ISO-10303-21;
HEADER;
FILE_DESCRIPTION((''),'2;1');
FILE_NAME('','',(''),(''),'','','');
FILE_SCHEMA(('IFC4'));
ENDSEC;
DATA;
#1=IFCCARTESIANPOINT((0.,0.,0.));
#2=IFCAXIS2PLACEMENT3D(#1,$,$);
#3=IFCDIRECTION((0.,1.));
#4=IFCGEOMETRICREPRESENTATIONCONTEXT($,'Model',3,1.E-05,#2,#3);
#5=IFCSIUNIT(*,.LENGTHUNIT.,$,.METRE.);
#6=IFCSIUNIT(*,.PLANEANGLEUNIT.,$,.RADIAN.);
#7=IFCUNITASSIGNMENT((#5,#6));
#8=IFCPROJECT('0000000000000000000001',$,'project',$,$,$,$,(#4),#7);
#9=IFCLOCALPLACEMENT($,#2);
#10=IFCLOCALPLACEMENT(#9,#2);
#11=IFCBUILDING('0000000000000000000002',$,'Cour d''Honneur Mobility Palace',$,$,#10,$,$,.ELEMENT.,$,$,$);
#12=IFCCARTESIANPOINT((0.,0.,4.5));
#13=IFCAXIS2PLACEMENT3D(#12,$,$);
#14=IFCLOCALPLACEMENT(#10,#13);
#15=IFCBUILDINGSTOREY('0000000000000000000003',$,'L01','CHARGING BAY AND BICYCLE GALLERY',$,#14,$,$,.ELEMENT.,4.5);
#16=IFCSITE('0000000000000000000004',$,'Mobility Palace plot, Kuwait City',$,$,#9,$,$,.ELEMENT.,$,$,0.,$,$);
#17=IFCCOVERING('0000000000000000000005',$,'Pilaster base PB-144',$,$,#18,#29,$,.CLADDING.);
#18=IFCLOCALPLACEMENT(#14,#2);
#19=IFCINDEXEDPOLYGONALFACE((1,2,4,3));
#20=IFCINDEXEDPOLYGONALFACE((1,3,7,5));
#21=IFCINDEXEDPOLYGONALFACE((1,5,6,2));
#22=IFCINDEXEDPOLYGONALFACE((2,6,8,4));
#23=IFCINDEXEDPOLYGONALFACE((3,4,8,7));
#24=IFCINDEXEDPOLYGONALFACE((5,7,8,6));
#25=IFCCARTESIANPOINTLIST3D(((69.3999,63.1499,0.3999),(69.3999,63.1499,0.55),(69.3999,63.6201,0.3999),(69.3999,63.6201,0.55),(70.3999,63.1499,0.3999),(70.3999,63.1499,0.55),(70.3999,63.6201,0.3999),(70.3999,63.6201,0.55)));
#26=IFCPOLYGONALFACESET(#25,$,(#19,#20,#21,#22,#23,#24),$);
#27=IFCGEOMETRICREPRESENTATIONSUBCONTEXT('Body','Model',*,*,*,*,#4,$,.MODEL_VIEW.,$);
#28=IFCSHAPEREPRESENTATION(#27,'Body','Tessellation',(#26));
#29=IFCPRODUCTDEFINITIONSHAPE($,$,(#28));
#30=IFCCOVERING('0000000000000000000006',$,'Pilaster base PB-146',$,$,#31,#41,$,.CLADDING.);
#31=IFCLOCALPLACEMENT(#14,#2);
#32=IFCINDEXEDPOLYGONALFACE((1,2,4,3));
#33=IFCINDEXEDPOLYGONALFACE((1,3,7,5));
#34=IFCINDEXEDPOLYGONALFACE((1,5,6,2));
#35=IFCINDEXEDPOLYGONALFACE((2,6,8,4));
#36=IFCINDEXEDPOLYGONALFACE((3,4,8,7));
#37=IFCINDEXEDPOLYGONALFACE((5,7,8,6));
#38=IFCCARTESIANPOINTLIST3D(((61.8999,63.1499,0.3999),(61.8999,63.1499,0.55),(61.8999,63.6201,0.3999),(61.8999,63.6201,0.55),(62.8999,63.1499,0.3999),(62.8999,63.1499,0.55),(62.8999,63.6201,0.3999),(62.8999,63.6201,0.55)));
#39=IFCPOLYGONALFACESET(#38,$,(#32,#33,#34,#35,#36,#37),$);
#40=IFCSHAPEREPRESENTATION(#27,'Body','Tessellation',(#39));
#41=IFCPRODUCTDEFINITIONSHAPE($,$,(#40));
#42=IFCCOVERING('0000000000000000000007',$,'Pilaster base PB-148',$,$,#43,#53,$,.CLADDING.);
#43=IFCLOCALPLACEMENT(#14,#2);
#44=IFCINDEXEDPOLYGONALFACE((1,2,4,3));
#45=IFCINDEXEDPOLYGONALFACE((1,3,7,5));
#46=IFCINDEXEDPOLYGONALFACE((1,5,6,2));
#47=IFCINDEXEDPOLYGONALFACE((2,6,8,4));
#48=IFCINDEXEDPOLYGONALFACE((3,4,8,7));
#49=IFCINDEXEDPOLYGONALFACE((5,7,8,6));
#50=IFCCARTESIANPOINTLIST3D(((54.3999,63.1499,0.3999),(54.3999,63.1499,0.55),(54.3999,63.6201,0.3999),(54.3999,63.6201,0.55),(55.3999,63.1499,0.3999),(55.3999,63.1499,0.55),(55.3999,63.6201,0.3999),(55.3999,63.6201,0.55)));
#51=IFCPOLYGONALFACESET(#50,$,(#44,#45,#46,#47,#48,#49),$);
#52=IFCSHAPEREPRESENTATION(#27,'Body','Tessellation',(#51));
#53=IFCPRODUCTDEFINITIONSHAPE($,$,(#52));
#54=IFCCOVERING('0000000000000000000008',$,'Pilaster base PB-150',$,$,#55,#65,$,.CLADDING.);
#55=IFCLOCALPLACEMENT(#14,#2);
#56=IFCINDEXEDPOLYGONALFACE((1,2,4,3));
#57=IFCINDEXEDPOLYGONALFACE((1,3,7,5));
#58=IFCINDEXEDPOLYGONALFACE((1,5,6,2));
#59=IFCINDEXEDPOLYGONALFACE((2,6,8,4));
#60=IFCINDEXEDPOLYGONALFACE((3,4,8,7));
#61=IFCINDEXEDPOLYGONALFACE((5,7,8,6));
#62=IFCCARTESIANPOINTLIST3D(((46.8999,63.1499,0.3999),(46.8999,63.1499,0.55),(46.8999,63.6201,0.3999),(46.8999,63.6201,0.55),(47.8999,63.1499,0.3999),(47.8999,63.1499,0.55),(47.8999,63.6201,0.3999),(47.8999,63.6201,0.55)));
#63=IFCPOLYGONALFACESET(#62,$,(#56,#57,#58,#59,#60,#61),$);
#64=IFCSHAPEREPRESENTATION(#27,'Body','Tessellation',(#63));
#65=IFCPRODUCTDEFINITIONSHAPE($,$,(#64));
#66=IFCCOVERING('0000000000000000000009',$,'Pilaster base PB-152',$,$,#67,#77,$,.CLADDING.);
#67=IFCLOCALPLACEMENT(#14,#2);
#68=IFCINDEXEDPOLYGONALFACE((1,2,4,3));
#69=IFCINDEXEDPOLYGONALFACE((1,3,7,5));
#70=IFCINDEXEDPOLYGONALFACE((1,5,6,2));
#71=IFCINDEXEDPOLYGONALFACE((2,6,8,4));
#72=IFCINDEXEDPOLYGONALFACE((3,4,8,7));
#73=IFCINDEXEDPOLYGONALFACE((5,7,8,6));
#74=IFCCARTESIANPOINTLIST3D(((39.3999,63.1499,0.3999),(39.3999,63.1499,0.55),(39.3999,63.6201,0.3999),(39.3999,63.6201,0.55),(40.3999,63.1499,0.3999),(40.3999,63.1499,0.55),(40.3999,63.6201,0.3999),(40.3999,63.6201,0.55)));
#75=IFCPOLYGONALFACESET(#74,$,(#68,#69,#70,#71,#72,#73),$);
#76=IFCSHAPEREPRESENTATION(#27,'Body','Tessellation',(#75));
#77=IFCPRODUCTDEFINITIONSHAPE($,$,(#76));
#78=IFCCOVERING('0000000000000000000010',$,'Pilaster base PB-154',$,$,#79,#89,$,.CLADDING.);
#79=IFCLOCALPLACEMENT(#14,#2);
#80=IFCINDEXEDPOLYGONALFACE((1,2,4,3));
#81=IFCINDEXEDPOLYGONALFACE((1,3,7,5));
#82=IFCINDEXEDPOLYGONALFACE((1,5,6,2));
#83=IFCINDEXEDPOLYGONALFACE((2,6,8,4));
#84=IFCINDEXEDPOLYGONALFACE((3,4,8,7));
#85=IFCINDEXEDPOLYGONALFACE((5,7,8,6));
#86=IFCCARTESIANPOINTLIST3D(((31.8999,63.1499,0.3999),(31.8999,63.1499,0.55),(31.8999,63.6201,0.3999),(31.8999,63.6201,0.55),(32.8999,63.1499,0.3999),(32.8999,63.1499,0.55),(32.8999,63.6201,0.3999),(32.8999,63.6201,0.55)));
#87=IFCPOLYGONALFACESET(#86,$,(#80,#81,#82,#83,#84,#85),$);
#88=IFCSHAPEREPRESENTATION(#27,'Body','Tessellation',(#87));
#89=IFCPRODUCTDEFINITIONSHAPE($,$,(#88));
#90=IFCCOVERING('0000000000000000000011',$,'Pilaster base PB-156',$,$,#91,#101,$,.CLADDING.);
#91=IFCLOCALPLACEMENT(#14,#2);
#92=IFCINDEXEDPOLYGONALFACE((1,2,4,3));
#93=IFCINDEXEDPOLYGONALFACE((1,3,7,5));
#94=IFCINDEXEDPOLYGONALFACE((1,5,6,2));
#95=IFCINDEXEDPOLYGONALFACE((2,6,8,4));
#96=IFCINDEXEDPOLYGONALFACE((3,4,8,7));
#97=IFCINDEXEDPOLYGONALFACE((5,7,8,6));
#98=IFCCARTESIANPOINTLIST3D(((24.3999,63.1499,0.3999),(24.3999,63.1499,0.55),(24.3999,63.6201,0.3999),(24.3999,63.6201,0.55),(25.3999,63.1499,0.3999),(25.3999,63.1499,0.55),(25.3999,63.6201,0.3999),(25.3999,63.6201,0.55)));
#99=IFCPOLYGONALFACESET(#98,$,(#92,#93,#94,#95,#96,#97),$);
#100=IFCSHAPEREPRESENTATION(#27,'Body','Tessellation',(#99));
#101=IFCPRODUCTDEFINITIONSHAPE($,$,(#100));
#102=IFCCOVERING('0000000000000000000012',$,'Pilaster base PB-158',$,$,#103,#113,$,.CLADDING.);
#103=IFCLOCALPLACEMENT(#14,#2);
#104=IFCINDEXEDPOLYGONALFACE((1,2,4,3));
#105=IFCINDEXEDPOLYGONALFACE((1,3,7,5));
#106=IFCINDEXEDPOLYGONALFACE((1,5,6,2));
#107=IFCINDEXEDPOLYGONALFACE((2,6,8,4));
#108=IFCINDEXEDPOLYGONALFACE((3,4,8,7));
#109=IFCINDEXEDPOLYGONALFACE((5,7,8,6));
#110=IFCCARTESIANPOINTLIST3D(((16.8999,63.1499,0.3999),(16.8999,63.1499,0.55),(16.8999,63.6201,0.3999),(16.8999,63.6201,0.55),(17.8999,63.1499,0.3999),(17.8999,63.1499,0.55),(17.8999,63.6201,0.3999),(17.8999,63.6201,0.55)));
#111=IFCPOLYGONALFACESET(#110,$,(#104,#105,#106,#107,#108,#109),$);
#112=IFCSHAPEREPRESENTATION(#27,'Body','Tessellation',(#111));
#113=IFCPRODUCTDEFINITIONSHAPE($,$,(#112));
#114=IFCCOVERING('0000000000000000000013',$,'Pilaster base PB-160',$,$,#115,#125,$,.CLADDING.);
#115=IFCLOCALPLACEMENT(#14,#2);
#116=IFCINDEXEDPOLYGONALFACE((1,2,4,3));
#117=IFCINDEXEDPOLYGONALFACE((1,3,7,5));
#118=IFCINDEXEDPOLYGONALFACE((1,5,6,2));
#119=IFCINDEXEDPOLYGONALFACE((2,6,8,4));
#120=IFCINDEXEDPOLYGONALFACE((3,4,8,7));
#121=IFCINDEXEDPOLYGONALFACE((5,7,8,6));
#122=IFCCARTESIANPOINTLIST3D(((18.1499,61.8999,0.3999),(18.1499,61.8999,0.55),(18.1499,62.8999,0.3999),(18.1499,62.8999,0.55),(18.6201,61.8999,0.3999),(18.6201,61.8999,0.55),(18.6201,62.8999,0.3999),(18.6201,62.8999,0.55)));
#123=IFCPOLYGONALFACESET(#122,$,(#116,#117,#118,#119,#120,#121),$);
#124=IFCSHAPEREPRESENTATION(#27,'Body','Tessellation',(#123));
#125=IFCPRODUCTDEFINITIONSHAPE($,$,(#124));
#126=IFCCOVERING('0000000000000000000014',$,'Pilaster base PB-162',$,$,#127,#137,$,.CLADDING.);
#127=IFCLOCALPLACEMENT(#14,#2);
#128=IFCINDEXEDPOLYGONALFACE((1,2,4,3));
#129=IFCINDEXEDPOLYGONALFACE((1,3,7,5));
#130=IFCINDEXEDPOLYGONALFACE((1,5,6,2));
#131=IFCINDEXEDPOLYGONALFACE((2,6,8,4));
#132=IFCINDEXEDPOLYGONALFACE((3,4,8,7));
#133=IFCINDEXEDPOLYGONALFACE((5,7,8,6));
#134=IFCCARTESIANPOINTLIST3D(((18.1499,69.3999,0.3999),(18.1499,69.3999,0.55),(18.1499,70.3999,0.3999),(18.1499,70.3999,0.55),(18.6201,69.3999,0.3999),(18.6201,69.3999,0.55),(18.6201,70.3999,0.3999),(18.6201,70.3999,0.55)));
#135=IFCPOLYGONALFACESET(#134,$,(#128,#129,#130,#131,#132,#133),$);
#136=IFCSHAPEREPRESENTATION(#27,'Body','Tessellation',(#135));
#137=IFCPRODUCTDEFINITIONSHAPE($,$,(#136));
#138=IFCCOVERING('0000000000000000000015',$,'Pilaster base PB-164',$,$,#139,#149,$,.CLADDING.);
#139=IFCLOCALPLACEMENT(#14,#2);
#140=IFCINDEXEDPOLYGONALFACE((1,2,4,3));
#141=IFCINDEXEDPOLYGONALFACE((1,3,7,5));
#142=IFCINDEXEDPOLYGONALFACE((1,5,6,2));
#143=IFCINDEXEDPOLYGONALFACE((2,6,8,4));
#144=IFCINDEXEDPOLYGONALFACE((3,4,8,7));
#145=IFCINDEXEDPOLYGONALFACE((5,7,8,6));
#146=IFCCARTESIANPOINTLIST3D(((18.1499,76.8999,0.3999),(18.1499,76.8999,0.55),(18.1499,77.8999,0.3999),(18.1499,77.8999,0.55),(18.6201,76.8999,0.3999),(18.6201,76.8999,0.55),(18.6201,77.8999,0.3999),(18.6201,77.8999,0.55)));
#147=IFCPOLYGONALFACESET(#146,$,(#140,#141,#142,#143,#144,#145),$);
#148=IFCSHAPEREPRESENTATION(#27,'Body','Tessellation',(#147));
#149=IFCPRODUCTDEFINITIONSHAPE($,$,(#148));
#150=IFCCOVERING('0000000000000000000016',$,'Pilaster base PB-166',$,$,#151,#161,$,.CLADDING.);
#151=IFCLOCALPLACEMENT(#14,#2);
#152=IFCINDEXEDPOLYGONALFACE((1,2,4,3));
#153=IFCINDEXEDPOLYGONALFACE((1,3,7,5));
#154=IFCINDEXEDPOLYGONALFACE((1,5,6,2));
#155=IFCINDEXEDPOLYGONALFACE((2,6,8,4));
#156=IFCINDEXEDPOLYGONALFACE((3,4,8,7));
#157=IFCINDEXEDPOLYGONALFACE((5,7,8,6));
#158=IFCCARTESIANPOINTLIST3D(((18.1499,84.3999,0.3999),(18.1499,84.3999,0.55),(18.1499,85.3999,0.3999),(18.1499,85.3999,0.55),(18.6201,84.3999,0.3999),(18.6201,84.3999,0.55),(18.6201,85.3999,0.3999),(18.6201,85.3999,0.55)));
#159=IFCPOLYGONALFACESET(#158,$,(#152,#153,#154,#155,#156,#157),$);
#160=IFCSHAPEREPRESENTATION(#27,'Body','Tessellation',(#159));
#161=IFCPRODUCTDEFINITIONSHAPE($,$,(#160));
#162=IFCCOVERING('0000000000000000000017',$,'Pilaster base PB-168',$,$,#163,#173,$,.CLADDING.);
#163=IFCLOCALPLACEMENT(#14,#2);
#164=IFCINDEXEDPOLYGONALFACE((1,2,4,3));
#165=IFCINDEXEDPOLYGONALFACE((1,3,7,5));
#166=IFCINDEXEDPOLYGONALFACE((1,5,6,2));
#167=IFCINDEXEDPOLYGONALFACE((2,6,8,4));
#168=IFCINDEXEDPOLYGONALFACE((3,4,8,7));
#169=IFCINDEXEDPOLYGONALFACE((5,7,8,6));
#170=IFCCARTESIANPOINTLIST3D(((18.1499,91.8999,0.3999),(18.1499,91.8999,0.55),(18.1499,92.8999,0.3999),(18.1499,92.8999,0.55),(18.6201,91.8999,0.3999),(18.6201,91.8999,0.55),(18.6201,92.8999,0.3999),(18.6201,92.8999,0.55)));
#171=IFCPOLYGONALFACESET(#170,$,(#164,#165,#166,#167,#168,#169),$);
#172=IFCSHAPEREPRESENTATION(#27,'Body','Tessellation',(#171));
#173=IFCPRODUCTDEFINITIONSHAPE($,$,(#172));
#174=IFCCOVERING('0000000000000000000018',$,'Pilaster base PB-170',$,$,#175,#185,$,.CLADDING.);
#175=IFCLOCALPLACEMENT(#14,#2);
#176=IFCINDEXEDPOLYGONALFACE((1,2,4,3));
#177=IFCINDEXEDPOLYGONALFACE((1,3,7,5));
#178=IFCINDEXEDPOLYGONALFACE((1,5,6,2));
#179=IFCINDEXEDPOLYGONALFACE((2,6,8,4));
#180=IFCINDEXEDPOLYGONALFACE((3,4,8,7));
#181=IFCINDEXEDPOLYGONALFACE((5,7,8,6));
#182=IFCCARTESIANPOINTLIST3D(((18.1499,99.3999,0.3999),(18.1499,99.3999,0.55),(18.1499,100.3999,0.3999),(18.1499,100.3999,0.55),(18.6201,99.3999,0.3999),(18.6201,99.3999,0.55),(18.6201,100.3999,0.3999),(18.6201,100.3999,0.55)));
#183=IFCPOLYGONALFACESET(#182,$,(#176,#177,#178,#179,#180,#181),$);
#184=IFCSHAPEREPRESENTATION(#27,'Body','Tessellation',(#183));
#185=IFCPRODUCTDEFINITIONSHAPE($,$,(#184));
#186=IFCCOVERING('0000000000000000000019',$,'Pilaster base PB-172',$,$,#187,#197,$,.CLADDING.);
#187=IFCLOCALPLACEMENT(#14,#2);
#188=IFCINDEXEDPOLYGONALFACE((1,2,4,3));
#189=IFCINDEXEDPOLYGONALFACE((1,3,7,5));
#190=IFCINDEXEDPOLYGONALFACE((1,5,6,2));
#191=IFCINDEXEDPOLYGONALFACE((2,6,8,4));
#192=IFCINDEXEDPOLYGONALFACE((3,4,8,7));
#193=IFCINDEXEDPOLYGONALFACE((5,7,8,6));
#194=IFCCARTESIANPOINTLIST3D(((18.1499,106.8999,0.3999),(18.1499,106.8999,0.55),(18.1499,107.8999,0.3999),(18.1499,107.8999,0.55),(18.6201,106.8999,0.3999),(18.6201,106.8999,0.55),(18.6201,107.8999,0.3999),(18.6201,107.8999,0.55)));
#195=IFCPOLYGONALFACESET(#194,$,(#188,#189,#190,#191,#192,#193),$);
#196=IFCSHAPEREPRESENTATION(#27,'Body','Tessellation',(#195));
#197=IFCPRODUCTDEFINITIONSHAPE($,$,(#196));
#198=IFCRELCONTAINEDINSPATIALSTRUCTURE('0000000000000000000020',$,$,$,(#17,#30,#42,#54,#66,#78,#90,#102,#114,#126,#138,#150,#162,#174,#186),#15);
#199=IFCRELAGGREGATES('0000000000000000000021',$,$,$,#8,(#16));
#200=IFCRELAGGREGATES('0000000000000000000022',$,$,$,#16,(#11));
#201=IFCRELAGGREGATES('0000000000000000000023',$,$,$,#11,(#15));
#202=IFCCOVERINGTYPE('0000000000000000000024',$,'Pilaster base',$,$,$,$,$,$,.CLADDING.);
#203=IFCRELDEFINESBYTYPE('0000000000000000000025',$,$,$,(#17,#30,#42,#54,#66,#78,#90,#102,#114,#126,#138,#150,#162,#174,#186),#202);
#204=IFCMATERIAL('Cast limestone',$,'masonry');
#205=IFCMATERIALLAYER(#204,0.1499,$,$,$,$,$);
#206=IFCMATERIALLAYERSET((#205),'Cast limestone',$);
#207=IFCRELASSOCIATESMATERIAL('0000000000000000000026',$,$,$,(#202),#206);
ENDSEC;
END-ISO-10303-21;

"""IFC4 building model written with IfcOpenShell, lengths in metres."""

from ifc_helpers import new_model, si_unit, direction, frame, origin, place, context, subcontext, project, spatial, polyline, outline, extrude, material, layer, layer_set, type_object, element, save


model = new_model("IFC4")

# Units and contexts
model_context = context("Model", 3, precision=1e-05, world=origin(), true_north=direction((0.0, 1.0)))
body_context = subcontext(model_context, "Body", "Model", "MODEL_VIEW")
ifc_project = project(units=[si_unit("LENGTHUNIT", "METRE"), si_unit("PLANEANGLEUNIT", "RADIAN")], contexts=[model_context])

# Site, building, storey
site_placement = place(None, origin())
site = spatial("IfcSite", under=ifc_project, at=site_placement, Name="Mobility Palace plot, Kuwait City", CompositionType="ELEMENT", RefElevation=0.0)
building_placement = place(site_placement, origin())
building = spatial("IfcBuilding", under=site, at=building_placement, Name="Cour d'Honneur Mobility Palace", CompositionType="ELEMENT")
storey_placement = place(building_placement, frame((0.0, 0.0, 4.5)))
storey = spatial("IfcBuildingStorey", under=building, at=storey_placement, Name="L01", Description="CHARGING BAY AND BICYCLE GALLERY", CompositionType="ELEMENT", Elevation=4.5)

# Coverings
ifc_material = material(Name="Cast limestone", Category="masonry")
ifc_layer = layer(ifc_material, 0.1499)
ifc_layer_set = layer_set([ifc_layer], Name="Cast limestone")
covering_type = type_object("IfcCoveringType", Name="Pilaster base", PredefinedType="CLADDING", material=ifc_layer_set)
covering_1_placement = place(storey_placement, frame((0.0, 0.0, 0.3999)))
element("IfcCovering", 1, at=covering_1_placement, inside=storey, type_object=covering_type, Name="Pilaster base PB-144", PredefinedType="CLADDING", context=body_context, shape_type="SweptSolid", body=[
    extrude(outline(polyline([(70.3999, 63.1499), (69.3999, 63.1499), (69.3999, 63.6201), (70.3999, 63.6201), (70.3999, 63.1499)])), origin(), (0.0, 0.0, 1.0), 0.1501),
])
covering_2_placement = place(storey_placement, frame((0.0, 0.0, 0.3999)))
element("IfcCovering", 2, at=covering_2_placement, inside=storey, type_object=covering_type, Name="Pilaster base PB-146", PredefinedType="CLADDING", context=body_context, shape_type="SweptSolid", body=[
    extrude(outline(polyline([(62.8999, 63.1499), (61.8999, 63.1499), (61.8999, 63.6201), (62.8999, 63.6201), (62.8999, 63.1499)])), origin(), (0.0, 0.0, 1.0), 0.1501),
])
covering_3_placement = place(storey_placement, frame((0.0, 0.0, 0.3999)))
element("IfcCovering", 3, at=covering_3_placement, inside=storey, type_object=covering_type, Name="Pilaster base PB-148", PredefinedType="CLADDING", context=body_context, shape_type="SweptSolid", body=[
    extrude(outline(polyline([(55.3999, 63.1499), (54.3999, 63.1499), (54.3999, 63.6201), (55.3999, 63.6201), (55.3999, 63.1499)])), origin(), (0.0, 0.0, 1.0), 0.1501),
])
covering_4_placement = place(storey_placement, frame((0.0, 0.0, 0.3999)))
element("IfcCovering", 4, at=covering_4_placement, inside=storey, type_object=covering_type, Name="Pilaster base PB-150", PredefinedType="CLADDING", context=body_context, shape_type="SweptSolid", body=[
    extrude(outline(polyline([(47.8999, 63.1499), (46.8999, 63.1499), (46.8999, 63.6201), (47.8999, 63.6201), (47.8999, 63.1499)])), origin(), (0.0, 0.0, 1.0), 0.1501),
])
covering_5_placement = place(storey_placement, frame((0.0, 0.0, 0.3999)))
element("IfcCovering", 5, at=covering_5_placement, inside=storey, type_object=covering_type, Name="Pilaster base PB-152", PredefinedType="CLADDING", context=body_context, shape_type="SweptSolid", body=[
    extrude(outline(polyline([(40.3999, 63.1499), (39.3999, 63.1499), (39.3999, 63.6201), (40.3999, 63.6201), (40.3999, 63.1499)])), origin(), (0.0, 0.0, 1.0), 0.1501),
])
covering_6_placement = place(storey_placement, frame((0.0, 0.0, 0.3999)))
element("IfcCovering", 6, at=covering_6_placement, inside=storey, type_object=covering_type, Name="Pilaster base PB-154", PredefinedType="CLADDING", context=body_context, shape_type="SweptSolid", body=[
    extrude(outline(polyline([(32.8999, 63.1499), (31.8999, 63.1499), (31.8999, 63.6201), (32.8999, 63.6201), (32.8999, 63.1499)])), origin(), (0.0, 0.0, 1.0), 0.1501),
])
covering_7_placement = place(storey_placement, frame((0.0, 0.0, 0.3999)))
element("IfcCovering", 7, at=covering_7_placement, inside=storey, type_object=covering_type, Name="Pilaster base PB-156", PredefinedType="CLADDING", context=body_context, shape_type="SweptSolid", body=[
    extrude(outline(polyline([(25.3999, 63.1499), (24.3999, 63.1499), (24.3999, 63.6201), (25.3999, 63.6201), (25.3999, 63.1499)])), origin(), (0.0, 0.0, 1.0), 0.1501),
])
covering_8_placement = place(storey_placement, frame((0.0, 0.0, 0.3999)))
element("IfcCovering", 8, at=covering_8_placement, inside=storey, type_object=covering_type, Name="Pilaster base PB-158", PredefinedType="CLADDING", context=body_context, shape_type="SweptSolid", body=[
    extrude(outline(polyline([(17.8999, 63.1499), (16.8999, 63.1499), (16.8999, 63.6201), (17.8999, 63.6201), (17.8999, 63.1499)])), origin(), (0.0, 0.0, 1.0), 0.1501),
])
covering_9_placement = place(storey_placement, frame((0.0, 0.0, 0.3999)))
element("IfcCovering", 9, at=covering_9_placement, inside=storey, type_object=covering_type, Name="Pilaster base PB-160", PredefinedType="CLADDING", context=body_context, shape_type="SweptSolid", body=[
    extrude(outline(polyline([(18.1499, 61.8999), (18.1499, 62.8999), (18.6201, 62.8999), (18.6201, 61.8999), (18.1499, 61.8999)])), origin(), (0.0, 0.0, 1.0), 0.1501),
])
covering_10_placement = place(storey_placement, frame((0.0, 0.0, 0.3999)))
element("IfcCovering", 10, at=covering_10_placement, inside=storey, type_object=covering_type, Name="Pilaster base PB-162", PredefinedType="CLADDING", context=body_context, shape_type="SweptSolid", body=[
    extrude(outline(polyline([(18.1499, 69.3999), (18.1499, 70.3999), (18.6201, 70.3999), (18.6201, 69.3999), (18.1499, 69.3999)])), origin(), (0.0, 0.0, 1.0), 0.1501),
])
covering_11_placement = place(storey_placement, frame((0.0, 0.0, 0.3999)))
element("IfcCovering", 11, at=covering_11_placement, inside=storey, type_object=covering_type, Name="Pilaster base PB-164", PredefinedType="CLADDING", context=body_context, shape_type="SweptSolid", body=[
    extrude(outline(polyline([(18.1499, 76.8999), (18.1499, 77.8999), (18.6201, 77.8999), (18.6201, 76.8999), (18.1499, 76.8999)])), origin(), (0.0, 0.0, 1.0), 0.1501),
])
covering_12_placement = place(storey_placement, frame((0.0, 0.0, 0.3999)))
element("IfcCovering", 12, at=covering_12_placement, inside=storey, type_object=covering_type, Name="Pilaster base PB-166", PredefinedType="CLADDING", context=body_context, shape_type="SweptSolid", body=[
    extrude(outline(polyline([(18.1499, 84.3999), (18.1499, 85.3999), (18.6201, 85.3999), (18.6201, 84.3999), (18.1499, 84.3999)])), origin(), (0.0, 0.0, 1.0), 0.1501),
])
covering_13_placement = place(storey_placement, frame((0.0, 0.0, 0.3999)))
element("IfcCovering", 13, at=covering_13_placement, inside=storey, type_object=covering_type, Name="Pilaster base PB-168", PredefinedType="CLADDING", context=body_context, shape_type="SweptSolid", body=[
    extrude(outline(polyline([(18.1499, 91.8999), (18.1499, 92.8999), (18.6201, 92.8999), (18.6201, 91.8999), (18.1499, 91.8999)])), origin(), (0.0, 0.0, 1.0), 0.1501),
])
covering_14_placement = place(storey_placement, frame((0.0, 0.0, 0.3999)))
element("IfcCovering", 14, at=covering_14_placement, inside=storey, type_object=covering_type, Name="Pilaster base PB-170", PredefinedType="CLADDING", context=body_context, shape_type="SweptSolid", body=[
    extrude(outline(polyline([(18.1499, 99.3999), (18.1499, 100.3999), (18.6201, 100.3999), (18.6201, 99.3999), (18.1499, 99.3999)])), origin(), (0.0, 0.0, 1.0), 0.1501),
])
covering_15_placement = place(storey_placement, frame((0.0, 0.0, 0.3999)))
element("IfcCovering", 15, at=covering_15_placement, inside=storey, type_object=covering_type, Name="Pilaster base PB-172", PredefinedType="CLADDING", context=body_context, shape_type="SweptSolid", body=[
    extrude(outline(polyline([(18.1499, 106.8999), (18.1499, 107.8999), (18.6201, 107.8999), (18.6201, 106.8999), (18.1499, 106.8999)])), origin(), (0.0, 0.0, 1.0), 0.1501),
])

save(model, "model.ifc")
